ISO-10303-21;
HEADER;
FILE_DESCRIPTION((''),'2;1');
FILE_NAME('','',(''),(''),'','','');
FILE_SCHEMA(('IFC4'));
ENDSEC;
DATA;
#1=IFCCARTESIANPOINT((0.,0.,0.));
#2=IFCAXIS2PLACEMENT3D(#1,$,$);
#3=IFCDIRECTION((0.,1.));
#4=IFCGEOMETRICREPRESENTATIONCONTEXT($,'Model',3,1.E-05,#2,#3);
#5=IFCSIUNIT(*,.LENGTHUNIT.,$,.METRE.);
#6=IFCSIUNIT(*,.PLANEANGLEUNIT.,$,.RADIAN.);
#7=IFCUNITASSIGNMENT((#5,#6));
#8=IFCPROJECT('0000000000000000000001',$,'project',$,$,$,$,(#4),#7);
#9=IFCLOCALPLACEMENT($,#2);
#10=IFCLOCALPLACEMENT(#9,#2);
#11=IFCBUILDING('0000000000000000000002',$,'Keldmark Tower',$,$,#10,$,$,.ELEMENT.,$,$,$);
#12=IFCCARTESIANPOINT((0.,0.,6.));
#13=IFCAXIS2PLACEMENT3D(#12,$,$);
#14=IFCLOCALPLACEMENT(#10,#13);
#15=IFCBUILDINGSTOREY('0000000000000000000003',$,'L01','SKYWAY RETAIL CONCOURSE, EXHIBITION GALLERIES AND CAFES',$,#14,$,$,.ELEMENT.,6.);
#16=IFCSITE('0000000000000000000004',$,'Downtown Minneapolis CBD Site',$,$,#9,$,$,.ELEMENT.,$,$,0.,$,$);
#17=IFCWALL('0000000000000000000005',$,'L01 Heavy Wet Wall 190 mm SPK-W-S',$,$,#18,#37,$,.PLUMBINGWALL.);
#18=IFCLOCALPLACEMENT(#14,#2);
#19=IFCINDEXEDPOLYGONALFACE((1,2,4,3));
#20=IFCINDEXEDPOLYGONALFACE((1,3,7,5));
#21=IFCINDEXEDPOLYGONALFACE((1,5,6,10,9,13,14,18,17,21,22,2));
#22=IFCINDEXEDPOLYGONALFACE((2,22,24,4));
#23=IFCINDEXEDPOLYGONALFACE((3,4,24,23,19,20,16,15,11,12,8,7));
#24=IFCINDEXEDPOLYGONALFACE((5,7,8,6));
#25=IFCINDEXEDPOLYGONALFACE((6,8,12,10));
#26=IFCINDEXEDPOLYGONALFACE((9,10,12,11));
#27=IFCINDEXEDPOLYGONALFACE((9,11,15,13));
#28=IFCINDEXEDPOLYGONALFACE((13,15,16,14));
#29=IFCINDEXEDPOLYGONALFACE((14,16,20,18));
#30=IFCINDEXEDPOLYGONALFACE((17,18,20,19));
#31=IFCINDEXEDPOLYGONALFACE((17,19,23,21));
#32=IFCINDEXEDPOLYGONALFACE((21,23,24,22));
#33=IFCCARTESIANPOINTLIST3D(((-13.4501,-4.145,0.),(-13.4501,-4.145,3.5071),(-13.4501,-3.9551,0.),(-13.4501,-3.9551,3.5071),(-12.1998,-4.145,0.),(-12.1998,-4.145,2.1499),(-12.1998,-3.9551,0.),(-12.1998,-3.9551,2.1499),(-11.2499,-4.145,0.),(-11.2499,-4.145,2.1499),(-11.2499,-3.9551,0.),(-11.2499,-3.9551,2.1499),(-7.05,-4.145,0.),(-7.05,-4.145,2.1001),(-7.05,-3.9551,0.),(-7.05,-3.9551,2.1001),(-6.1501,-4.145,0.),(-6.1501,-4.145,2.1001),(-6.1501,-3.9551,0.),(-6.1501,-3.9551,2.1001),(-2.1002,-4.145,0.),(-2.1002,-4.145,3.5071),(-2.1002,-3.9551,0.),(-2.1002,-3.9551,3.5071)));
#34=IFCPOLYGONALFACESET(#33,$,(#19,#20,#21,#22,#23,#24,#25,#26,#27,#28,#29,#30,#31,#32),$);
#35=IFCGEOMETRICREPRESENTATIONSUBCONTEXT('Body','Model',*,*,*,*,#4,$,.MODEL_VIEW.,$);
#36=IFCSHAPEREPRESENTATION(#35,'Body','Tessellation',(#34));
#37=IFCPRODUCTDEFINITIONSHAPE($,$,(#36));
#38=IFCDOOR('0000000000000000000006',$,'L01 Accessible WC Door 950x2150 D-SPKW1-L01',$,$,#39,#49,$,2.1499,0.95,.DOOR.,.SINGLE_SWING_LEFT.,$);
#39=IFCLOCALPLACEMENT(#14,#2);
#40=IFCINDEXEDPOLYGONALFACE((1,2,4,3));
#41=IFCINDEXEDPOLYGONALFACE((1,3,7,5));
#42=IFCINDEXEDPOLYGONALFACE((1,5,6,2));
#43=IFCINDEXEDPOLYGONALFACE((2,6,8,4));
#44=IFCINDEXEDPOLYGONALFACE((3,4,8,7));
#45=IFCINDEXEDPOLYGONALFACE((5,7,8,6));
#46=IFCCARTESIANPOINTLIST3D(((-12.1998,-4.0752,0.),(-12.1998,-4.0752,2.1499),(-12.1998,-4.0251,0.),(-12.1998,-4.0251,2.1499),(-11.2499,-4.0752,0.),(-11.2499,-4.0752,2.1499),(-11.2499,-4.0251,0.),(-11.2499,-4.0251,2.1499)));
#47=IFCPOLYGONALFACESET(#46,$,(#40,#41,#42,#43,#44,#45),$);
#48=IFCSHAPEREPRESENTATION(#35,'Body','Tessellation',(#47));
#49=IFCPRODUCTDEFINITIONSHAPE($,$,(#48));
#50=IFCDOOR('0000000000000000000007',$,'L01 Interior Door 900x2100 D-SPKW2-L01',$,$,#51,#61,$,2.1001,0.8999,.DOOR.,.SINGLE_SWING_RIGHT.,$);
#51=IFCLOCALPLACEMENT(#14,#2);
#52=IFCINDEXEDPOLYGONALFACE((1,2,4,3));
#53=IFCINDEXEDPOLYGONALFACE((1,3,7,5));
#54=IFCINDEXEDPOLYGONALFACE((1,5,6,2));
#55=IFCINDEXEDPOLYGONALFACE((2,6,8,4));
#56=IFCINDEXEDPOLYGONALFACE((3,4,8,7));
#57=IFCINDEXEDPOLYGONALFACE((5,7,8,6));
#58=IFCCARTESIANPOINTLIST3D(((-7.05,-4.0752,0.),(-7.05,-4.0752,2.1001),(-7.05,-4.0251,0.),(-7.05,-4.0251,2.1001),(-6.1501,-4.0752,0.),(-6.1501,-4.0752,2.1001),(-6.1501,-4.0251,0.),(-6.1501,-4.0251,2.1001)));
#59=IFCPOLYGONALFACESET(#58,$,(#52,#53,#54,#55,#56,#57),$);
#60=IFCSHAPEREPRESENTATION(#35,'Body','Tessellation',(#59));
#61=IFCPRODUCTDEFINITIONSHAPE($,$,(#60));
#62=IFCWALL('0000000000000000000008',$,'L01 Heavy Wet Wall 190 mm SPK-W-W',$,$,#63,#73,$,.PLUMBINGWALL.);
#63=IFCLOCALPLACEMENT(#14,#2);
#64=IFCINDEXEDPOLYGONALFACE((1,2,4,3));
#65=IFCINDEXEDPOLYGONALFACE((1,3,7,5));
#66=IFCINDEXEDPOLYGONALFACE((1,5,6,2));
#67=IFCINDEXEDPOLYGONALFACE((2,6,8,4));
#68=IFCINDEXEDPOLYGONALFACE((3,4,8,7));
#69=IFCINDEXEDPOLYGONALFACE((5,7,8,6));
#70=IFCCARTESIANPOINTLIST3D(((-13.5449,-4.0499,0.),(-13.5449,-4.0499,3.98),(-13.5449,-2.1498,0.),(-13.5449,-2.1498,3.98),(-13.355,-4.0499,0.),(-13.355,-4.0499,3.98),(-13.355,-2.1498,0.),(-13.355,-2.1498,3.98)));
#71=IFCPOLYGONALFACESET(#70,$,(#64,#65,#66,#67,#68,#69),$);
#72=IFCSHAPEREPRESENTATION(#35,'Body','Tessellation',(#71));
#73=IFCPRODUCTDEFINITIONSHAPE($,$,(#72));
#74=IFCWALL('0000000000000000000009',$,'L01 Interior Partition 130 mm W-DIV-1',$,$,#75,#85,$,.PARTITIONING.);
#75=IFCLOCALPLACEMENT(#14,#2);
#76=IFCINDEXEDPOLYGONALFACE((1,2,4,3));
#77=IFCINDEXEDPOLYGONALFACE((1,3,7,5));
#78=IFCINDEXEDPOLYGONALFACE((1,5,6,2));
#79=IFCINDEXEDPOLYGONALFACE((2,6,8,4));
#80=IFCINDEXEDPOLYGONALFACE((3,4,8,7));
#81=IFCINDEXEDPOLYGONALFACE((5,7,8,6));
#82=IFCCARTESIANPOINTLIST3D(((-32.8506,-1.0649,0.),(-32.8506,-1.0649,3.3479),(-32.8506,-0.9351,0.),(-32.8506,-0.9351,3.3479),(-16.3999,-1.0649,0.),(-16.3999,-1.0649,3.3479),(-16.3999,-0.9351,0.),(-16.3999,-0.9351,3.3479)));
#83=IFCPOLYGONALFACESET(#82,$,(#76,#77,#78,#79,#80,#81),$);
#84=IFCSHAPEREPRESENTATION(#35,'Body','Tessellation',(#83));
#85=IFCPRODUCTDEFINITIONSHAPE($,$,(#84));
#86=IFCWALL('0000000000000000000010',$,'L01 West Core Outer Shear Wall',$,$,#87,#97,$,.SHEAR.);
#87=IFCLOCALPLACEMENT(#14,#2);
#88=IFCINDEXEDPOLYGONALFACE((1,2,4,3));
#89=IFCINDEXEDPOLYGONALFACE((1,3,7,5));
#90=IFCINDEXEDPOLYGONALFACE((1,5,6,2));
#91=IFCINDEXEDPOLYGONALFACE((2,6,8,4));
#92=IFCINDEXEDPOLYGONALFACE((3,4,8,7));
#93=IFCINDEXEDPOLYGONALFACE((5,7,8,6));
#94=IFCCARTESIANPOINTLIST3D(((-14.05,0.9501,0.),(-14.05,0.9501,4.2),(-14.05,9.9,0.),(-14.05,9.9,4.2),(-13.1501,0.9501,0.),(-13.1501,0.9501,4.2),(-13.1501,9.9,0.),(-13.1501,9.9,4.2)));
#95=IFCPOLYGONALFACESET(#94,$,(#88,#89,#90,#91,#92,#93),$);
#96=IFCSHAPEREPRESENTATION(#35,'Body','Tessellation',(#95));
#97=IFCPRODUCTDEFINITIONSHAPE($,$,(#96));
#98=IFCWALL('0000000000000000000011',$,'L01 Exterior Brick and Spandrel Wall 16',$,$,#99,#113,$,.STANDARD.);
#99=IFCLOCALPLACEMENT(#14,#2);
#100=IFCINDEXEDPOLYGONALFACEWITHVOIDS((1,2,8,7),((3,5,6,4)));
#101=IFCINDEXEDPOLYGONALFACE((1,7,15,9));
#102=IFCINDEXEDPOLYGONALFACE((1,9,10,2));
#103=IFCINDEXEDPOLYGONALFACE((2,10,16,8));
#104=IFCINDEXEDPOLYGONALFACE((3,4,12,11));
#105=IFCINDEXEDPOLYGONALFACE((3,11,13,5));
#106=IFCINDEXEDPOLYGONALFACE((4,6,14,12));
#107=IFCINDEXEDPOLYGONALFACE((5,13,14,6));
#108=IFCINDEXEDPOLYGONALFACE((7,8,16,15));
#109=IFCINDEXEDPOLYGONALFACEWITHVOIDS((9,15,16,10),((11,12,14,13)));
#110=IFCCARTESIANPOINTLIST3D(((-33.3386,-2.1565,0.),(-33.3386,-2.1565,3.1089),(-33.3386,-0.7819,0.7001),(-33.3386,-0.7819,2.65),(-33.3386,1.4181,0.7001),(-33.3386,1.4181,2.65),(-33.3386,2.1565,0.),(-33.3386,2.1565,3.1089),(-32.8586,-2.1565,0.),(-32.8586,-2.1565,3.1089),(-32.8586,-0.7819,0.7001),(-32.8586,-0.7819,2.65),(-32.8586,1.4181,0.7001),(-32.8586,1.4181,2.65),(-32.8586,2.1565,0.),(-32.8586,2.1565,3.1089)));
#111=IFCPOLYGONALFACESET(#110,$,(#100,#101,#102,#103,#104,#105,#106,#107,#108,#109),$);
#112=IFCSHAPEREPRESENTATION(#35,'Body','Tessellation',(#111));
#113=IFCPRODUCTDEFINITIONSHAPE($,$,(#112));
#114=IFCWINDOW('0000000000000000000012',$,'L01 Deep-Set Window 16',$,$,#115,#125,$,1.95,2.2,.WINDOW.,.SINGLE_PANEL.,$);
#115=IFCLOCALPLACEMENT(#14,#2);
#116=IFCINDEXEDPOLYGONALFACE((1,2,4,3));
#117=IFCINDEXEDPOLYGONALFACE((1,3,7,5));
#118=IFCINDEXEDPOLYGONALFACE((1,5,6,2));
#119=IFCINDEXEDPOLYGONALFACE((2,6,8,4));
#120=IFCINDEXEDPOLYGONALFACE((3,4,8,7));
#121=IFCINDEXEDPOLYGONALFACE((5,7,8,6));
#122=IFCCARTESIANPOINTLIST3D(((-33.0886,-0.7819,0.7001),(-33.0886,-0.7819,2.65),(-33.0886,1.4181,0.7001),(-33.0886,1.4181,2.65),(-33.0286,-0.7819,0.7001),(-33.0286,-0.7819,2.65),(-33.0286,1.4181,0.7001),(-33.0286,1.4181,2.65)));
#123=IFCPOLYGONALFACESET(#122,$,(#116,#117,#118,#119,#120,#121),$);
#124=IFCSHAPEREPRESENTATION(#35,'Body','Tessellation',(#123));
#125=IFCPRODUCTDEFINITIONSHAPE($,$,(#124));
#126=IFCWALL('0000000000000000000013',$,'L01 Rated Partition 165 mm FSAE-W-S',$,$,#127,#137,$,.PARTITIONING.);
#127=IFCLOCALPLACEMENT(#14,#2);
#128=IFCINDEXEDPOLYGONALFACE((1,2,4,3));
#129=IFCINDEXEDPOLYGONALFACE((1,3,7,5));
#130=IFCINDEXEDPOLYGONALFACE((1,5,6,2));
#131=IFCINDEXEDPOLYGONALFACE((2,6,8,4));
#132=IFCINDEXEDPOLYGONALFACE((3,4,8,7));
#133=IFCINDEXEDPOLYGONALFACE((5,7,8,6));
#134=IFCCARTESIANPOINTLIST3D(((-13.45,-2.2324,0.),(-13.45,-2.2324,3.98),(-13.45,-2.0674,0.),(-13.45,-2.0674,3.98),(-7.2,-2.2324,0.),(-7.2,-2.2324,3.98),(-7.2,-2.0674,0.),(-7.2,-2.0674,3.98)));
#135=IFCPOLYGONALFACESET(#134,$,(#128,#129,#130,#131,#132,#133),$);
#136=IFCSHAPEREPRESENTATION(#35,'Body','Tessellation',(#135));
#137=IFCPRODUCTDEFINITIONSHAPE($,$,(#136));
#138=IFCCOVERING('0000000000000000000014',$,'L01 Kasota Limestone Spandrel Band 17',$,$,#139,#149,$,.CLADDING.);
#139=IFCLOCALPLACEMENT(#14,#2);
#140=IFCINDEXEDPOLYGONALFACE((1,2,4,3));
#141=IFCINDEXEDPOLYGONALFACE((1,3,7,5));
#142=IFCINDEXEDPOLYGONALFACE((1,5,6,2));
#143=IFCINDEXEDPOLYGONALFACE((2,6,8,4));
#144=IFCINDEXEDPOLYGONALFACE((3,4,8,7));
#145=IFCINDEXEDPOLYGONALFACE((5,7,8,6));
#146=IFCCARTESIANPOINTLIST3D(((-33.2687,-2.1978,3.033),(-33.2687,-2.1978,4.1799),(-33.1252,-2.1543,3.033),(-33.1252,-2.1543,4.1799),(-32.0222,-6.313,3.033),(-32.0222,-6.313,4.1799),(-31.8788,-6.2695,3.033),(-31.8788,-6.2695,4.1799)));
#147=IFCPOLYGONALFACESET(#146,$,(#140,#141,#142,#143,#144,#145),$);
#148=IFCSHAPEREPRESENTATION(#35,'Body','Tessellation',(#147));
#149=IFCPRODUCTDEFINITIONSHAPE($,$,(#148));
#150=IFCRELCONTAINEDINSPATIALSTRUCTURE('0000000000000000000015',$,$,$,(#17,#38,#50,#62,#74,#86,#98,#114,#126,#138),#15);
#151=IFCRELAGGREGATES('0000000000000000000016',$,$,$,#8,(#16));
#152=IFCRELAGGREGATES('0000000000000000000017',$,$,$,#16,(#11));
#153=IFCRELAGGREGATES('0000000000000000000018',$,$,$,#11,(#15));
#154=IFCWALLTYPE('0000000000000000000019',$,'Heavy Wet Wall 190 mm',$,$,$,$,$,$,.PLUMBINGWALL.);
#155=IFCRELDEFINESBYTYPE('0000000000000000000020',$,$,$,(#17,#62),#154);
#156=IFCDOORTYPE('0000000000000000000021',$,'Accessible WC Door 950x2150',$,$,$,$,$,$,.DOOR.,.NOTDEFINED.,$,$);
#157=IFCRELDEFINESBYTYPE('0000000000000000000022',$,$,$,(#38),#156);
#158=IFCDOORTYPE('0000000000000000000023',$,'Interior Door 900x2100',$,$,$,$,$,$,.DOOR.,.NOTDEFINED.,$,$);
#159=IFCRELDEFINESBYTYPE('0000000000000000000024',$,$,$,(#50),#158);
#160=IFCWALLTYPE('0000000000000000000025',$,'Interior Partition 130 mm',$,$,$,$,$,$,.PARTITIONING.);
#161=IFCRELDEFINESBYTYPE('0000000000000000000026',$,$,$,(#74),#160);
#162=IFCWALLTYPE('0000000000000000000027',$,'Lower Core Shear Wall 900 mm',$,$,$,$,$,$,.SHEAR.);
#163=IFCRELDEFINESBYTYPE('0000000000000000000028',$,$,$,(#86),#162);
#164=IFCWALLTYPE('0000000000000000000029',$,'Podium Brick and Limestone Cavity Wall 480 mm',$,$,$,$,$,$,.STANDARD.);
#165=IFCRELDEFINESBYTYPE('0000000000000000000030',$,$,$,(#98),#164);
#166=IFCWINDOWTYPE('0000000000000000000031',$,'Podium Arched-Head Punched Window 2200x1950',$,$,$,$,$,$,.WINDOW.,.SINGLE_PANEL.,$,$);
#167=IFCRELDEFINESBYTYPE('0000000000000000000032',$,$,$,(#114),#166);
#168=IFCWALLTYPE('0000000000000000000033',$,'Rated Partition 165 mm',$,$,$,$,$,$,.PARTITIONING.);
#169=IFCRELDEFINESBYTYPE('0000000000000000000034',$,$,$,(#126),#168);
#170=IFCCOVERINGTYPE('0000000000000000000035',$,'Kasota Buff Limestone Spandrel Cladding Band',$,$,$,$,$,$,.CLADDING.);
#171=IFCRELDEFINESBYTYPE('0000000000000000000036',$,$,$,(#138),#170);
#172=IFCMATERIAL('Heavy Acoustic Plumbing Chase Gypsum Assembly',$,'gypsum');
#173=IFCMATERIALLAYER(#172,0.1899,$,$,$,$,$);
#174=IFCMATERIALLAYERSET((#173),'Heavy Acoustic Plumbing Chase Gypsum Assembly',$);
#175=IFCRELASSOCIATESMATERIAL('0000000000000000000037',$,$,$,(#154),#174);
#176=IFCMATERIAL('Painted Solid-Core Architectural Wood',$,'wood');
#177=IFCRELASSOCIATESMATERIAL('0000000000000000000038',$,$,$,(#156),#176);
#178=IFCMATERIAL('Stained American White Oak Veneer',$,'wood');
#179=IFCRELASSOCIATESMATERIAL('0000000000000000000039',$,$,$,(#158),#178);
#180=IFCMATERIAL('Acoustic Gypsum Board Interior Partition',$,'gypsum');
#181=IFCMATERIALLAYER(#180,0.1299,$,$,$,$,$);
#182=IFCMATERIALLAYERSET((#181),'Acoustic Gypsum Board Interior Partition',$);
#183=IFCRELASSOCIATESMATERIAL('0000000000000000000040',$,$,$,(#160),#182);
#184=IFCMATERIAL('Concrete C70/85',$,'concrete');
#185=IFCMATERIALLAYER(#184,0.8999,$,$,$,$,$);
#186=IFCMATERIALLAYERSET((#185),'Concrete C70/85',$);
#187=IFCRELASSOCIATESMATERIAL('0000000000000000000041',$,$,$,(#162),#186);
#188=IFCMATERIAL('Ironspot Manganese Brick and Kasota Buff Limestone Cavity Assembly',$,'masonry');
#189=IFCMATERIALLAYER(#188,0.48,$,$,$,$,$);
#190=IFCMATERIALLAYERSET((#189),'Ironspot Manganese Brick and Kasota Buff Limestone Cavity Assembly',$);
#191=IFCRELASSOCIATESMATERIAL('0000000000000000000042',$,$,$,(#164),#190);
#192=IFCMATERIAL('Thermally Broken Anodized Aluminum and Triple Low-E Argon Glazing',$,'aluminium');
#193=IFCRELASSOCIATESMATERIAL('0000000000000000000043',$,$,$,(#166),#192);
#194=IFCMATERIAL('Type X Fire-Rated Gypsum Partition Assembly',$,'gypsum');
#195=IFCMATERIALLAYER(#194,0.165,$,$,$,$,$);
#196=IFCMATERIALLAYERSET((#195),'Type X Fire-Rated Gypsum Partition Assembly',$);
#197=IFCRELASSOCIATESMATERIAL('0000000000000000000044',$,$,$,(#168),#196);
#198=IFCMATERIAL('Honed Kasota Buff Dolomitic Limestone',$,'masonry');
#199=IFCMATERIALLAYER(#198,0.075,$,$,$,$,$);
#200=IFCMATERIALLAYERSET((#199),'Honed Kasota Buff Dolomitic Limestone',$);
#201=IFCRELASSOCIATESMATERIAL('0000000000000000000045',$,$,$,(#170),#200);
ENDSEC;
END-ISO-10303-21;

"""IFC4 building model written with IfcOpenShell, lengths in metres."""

from ifc_helpers import new_model, si_unit, direction, frame, frame_2d, origin, origin_2d, place, context, subcontext, project, spatial, rectangle, extrude, material, layer, layer_set, type_object, element, fill, save


model = new_model("IFC4")

# Units and contexts
model_context = context("Model", 3, precision=1e-05, world=origin(), true_north=direction((0.0, 1.0)))
body_context = subcontext(model_context, "Body", "Model", "MODEL_VIEW")
ifc_project = project(units=[si_unit("LENGTHUNIT", "METRE"), si_unit("PLANEANGLEUNIT", "RADIAN")], contexts=[model_context])

# Site, building, storey
site_placement = place(None, origin())
site = spatial("IfcSite", under=ifc_project, at=site_placement, Name="Downtown Minneapolis CBD Site", CompositionType="ELEMENT", RefElevation=0.0)
building_placement = place(site_placement, origin())
building = spatial("IfcBuilding", under=site, at=building_placement, Name="Keldmark Tower", CompositionType="ELEMENT")
storey_placement = place(building_placement, frame((0.0, 0.0, 6.0)))
storey = spatial("IfcBuildingStorey", under=building, at=storey_placement, Name="L01", Description="SKYWAY RETAIL CONCOURSE, EXHIBITION GALLERIES AND CAFES", CompositionType="ELEMENT", Elevation=6.0)

# Wall, openings, doors
ifc_material_1 = material(Name="Heavy Acoustic Plumbing Chase Gypsum Assembly", Category="gypsum")
ifc_layer_1 = layer(ifc_material_1, 0.1899)
ifc_layer_set_1 = layer_set([ifc_layer_1], Name="Heavy Acoustic Plumbing Chase Gypsum Assembly")
wall_type_1 = type_object("IfcWallType", Name="Heavy Wet Wall 190 mm", PredefinedType="PLUMBINGWALL", material=ifc_layer_set_1)
wall_1_placement = place(storey_placement, frame((-13.45, -4.05, 0.0), z_axis=(0.0, 0.0, 1.0), x_axis=(1.0, 0.0, 0.0)))
wall_1 = element("IfcWall", 1, at=wall_1_placement, inside=storey, type_object=wall_type_1, Name="L01 Heavy Wet Wall 190 mm SPK-W-S", PredefinedType="PLUMBINGWALL", context=body_context, shape_type="SweptSolid", body=[
    extrude(rectangle(XDim=11.3499, YDim=0.1899, at=frame_2d((5.6748, 0.0))), origin(), (0.0, 0.0, 1.0), 3.5071),
])
opening_1_placement = place(wall_1_placement, frame((1.25, 0.0, 0.0)))
opening_1 = element("IfcOpeningElement", 2, at=opening_1_placement, cuts=wall_1, PredefinedType="OPENING", context=body_context, shape_type="SweptSolid", body=[
    extrude(rectangle(XDim=0.95, YDim=2.1499, at=frame_2d((0.4751, 1.075))), frame((0.0, 0.105, 0.0), z_axis=(0.0, -1.0, 0.0), x_axis=(1.0, 0.0, 0.0)), (0.0, 0.0, 1.0), 0.21),
])
opening_2_placement = place(wall_1_placement, frame((6.3999, 0.0, 0.0)))
opening_2 = element("IfcOpeningElement", 3, at=opening_2_placement, cuts=wall_1, PredefinedType="OPENING", context=body_context, shape_type="SweptSolid", body=[
    extrude(rectangle(XDim=0.8999, YDim=2.1001, at=frame_2d((0.45, 1.05))), frame((0.0, 0.105, 0.0), z_axis=(0.0, -1.0, 0.0), x_axis=(1.0, 0.0, 0.0)), (0.0, 0.0, 1.0), 0.21),
])
ifc_material_2 = material(Name="Painted Solid-Core Architectural Wood", Category="wood")
door_type_1 = type_object("IfcDoorType", Name="Accessible WC Door 950x2150", OperationType="NOTDEFINED", PredefinedType="DOOR", material=ifc_material_2)
door_1_placement = place(opening_1_placement, origin())
door_1 = element("IfcDoor", 4, at=door_1_placement, inside=storey, type_object=door_type_1, Name="L01 Accessible WC Door 950x2150 D-SPKW1-L01", OperationType="SINGLE_SWING_LEFT", OverallHeight=2.1499, OverallWidth=0.95, PredefinedType="DOOR", context=body_context, shape_type="SweptSolid", body=[
    extrude(rectangle(XDim=0.95, YDim=2.1499, at=frame_2d((0.4751, 1.075))), frame((0.0, 0.0249, 0.0), z_axis=(0.0, -1.0, 0.0), x_axis=(1.0, 0.0, 0.0)), (0.0, 0.0, 1.0), 0.05),
])
fill(opening_1, door_1)
ifc_material_3 = material(Name="Stained American White Oak Veneer", Category="wood")
door_type_2 = type_object("IfcDoorType", Name="Interior Door 900x2100", OperationType="NOTDEFINED", PredefinedType="DOOR", material=ifc_material_3)
door_2_placement = place(opening_2_placement, origin())
door_2 = element("IfcDoor", 5, at=door_2_placement, inside=storey, type_object=door_type_2, Name="L01 Interior Door 900x2100 D-SPKW2-L01", OperationType="SINGLE_SWING_RIGHT", OverallHeight=2.1001, OverallWidth=0.8999, PredefinedType="DOOR", context=body_context, shape_type="SweptSolid", body=[
    extrude(rectangle(XDim=0.8999, YDim=2.1001, at=frame_2d((0.45, 1.05))), frame((0.0, 0.0249, 0.0), z_axis=(0.0, -1.0, 0.0), x_axis=(1.0, 0.0, 0.0)), (0.0, 0.0, 1.0), 0.05),
])
fill(opening_2, door_2)

# Walls
wall_2_placement = place(storey_placement, frame((-13.45, -4.05, 0.0), z_axis=(0.0, 0.0, 1.0), x_axis=(0.0, 1.0, 0.0)))
element("IfcWall", 6, at=wall_2_placement, inside=storey, type_object=wall_type_1, Name="L01 Heavy Wet Wall 190 mm SPK-W-W", PredefinedType="PLUMBINGWALL", context=body_context, shape_type="SweptSolid", body=[
    extrude(rectangle(XDim=1.9001, YDim=0.1899, at=frame_2d((0.9502, 0.0))), origin(), (0.0, 0.0, 1.0), 3.98),
])
ifc_material_4 = material(Name="Acoustic Gypsum Board Interior Partition", Category="gypsum")
ifc_layer_2 = layer(ifc_material_4, 0.1299)
ifc_layer_set_2 = layer_set([ifc_layer_2], Name="Acoustic Gypsum Board Interior Partition")
wall_type_2 = type_object("IfcWallType", Name="Interior Partition 130 mm", PredefinedType="PARTITIONING", material=ifc_layer_set_2)
wall_3_placement = place(storey_placement, frame((-32.8506, -1.0, 0.0), z_axis=(0.0, 0.0, 1.0), x_axis=(1.0, 0.0, 0.0)))
element("IfcWall", 7, at=wall_3_placement, inside=storey, type_object=wall_type_2, Name="L01 Interior Partition 130 mm W-DIV-1", PredefinedType="PARTITIONING", context=body_context, shape_type="SweptSolid", body=[
    extrude(rectangle(XDim=16.4507, YDim=0.1299, at=frame_2d((8.2253, 0.0))), origin(), (0.0, 0.0, 1.0), 3.3479),
])
ifc_material_5 = material(Name="Concrete C70/85", Category="concrete")
ifc_layer_3 = layer(ifc_material_5, 0.8999)
ifc_layer_set_3 = layer_set([ifc_layer_3], Name="Concrete C70/85")
wall_type_3 = type_object("IfcWallType", Name="Lower Core Shear Wall 900 mm", PredefinedType="SHEAR", material=ifc_layer_set_3)
wall_4_placement = place(storey_placement, frame((-13.6001, 0.95, 0.0), z_axis=(0.0, 0.0, 1.0), x_axis=(0.0, 1.0, 0.0)))
element("IfcWall", 8, at=wall_4_placement, inside=storey, type_object=wall_type_3, Name="L01 West Core Outer Shear Wall", PredefinedType="SHEAR", context=body_context, shape_type="SweptSolid", body=[
    extrude(rectangle(XDim=8.95, YDim=0.8999, at=frame_2d((4.4751, 0.0))), origin(), (0.0, 0.0, 1.0), 4.2),
])

# Wall, opening, window
ifc_material_6 = material(Name="Ironspot Manganese Brick and Kasota Buff Limestone Cavity Assembly", Category="masonry")
ifc_layer_4 = layer(ifc_material_6, 0.48)
ifc_layer_set_4 = layer_set([ifc_layer_4], Name="Ironspot Manganese Brick and Kasota Buff Limestone Cavity Assembly")
wall_type_4 = type_object("IfcWallType", Name="Podium Brick and Limestone Cavity Wall 480 mm", PredefinedType="STANDARD", material=ifc_layer_set_4)
wall_5_placement = place(storey_placement, frame((-33.0986, -2.1565, 0.0), z_axis=(0.0, 0.0, 1.0), x_axis=(0.0, 1.0, 0.0)))
wall_5 = element("IfcWall", 9, at=wall_5_placement, inside=storey, type_object=wall_type_4, Name="L01 Exterior Brick and Spandrel Wall 16", PredefinedType="STANDARD", context=body_context, shape_type="SweptSolid", body=[
    extrude(rectangle(XDim=4.313, YDim=0.48, at=frame_2d((2.1565, 0.0))), origin(), (0.0, 0.0, 1.0), 3.1089),
])
opening_3_placement = place(wall_5_placement, frame((1.3745, 0.0, 0.7)))
opening_3 = element("IfcOpeningElement", 10, at=opening_3_placement, cuts=wall_5, PredefinedType="OPENING", context=body_context, shape_type="SweptSolid", body=[
    extrude(rectangle(XDim=2.2, YDim=1.95, at=frame_2d((1.1001, 0.9751))), frame((0.0, 0.25, 0.0), z_axis=(0.0, -1.0, 0.0), x_axis=(1.0, 0.0, 0.0)), (0.0, 0.0, 1.0), 0.5),
])
ifc_material_7 = material(Name="Thermally Broken Anodized Aluminum and Triple Low-E Argon Glazing", Category="aluminium")
window_type = type_object("IfcWindowType", Name="Podium Arched-Head Punched Window 2200x1950", PartitioningType="SINGLE_PANEL", PredefinedType="WINDOW", material=ifc_material_7)
window_placement = place(opening_3_placement, origin())
window = element("IfcWindow", 11, at=window_placement, inside=storey, type_object=window_type, Name="L01 Deep-Set Window 16", OverallHeight=1.95, OverallWidth=2.2, PartitioningType="SINGLE_PANEL", PredefinedType="WINDOW", context=body_context, shape_type="SweptSolid", body=[
    extrude(rectangle(XDim=2.2, YDim=1.95, at=frame_2d((1.1001, 0.9751))), frame((0.0, -0.01, 0.0), z_axis=(0.0, -1.0, 0.0), x_axis=(1.0, 0.0, 0.0)), (0.0, 0.0, 1.0), 0.0601),
])
fill(opening_3, window)

# Wall
ifc_material_8 = material(Name="Type X Fire-Rated Gypsum Partition Assembly", Category="gypsum")
ifc_layer_5 = layer(ifc_material_8, 0.165)
ifc_layer_set_5 = layer_set([ifc_layer_5], Name="Type X Fire-Rated Gypsum Partition Assembly")
wall_type_5 = type_object("IfcWallType", Name="Rated Partition 165 mm", PredefinedType="PARTITIONING", material=ifc_layer_set_5)
wall_6_placement = place(storey_placement, frame((-13.45, -2.1499, 0.0), z_axis=(0.0, 0.0, 1.0), x_axis=(1.0, 0.0, 0.0)))
element("IfcWall", 12, at=wall_6_placement, inside=storey, type_object=wall_type_5, Name="L01 Rated Partition 165 mm FSAE-W-S", PredefinedType="PARTITIONING", context=body_context, shape_type="SweptSolid", body=[
    extrude(rectangle(XDim=6.25, YDim=0.165, at=frame_2d((3.125, 0.0))), origin(), (0.0, 0.0, 1.0), 3.98),
])

# Covering
ifc_material_9 = material(Name="Honed Kasota Buff Dolomitic Limestone", Category="masonry")
ifc_layer_6 = layer(ifc_material_9, 0.075)
ifc_layer_set_6 = layer_set([ifc_layer_6], Name="Honed Kasota Buff Dolomitic Limestone")
covering_type = type_object("IfcCoveringType", Name="Kasota Buff Limestone Spandrel Cladding Band", PredefinedType="CLADDING", material=ifc_layer_set_6)
covering_placement = place(storey_placement, frame((-32.5737, -4.2336, 3.033), z_axis=(0.0, 0.0, 1.0), x_axis=(0.289884, -0.957062, 0.0)))
element("IfcCovering", 13, at=covering_placement, inside=storey, type_object=covering_type, Name="L01 Kasota Limestone Spandrel Band 17", PredefinedType="CLADDING", context=body_context, shape_type="SweptSolid", body=[
    extrude(rectangle(XDim=4.2998, YDim=0.1499, at=origin_2d()), origin(), (0.0, 0.0, 1.0), 1.147),
])

save(model, "model.ifc")
